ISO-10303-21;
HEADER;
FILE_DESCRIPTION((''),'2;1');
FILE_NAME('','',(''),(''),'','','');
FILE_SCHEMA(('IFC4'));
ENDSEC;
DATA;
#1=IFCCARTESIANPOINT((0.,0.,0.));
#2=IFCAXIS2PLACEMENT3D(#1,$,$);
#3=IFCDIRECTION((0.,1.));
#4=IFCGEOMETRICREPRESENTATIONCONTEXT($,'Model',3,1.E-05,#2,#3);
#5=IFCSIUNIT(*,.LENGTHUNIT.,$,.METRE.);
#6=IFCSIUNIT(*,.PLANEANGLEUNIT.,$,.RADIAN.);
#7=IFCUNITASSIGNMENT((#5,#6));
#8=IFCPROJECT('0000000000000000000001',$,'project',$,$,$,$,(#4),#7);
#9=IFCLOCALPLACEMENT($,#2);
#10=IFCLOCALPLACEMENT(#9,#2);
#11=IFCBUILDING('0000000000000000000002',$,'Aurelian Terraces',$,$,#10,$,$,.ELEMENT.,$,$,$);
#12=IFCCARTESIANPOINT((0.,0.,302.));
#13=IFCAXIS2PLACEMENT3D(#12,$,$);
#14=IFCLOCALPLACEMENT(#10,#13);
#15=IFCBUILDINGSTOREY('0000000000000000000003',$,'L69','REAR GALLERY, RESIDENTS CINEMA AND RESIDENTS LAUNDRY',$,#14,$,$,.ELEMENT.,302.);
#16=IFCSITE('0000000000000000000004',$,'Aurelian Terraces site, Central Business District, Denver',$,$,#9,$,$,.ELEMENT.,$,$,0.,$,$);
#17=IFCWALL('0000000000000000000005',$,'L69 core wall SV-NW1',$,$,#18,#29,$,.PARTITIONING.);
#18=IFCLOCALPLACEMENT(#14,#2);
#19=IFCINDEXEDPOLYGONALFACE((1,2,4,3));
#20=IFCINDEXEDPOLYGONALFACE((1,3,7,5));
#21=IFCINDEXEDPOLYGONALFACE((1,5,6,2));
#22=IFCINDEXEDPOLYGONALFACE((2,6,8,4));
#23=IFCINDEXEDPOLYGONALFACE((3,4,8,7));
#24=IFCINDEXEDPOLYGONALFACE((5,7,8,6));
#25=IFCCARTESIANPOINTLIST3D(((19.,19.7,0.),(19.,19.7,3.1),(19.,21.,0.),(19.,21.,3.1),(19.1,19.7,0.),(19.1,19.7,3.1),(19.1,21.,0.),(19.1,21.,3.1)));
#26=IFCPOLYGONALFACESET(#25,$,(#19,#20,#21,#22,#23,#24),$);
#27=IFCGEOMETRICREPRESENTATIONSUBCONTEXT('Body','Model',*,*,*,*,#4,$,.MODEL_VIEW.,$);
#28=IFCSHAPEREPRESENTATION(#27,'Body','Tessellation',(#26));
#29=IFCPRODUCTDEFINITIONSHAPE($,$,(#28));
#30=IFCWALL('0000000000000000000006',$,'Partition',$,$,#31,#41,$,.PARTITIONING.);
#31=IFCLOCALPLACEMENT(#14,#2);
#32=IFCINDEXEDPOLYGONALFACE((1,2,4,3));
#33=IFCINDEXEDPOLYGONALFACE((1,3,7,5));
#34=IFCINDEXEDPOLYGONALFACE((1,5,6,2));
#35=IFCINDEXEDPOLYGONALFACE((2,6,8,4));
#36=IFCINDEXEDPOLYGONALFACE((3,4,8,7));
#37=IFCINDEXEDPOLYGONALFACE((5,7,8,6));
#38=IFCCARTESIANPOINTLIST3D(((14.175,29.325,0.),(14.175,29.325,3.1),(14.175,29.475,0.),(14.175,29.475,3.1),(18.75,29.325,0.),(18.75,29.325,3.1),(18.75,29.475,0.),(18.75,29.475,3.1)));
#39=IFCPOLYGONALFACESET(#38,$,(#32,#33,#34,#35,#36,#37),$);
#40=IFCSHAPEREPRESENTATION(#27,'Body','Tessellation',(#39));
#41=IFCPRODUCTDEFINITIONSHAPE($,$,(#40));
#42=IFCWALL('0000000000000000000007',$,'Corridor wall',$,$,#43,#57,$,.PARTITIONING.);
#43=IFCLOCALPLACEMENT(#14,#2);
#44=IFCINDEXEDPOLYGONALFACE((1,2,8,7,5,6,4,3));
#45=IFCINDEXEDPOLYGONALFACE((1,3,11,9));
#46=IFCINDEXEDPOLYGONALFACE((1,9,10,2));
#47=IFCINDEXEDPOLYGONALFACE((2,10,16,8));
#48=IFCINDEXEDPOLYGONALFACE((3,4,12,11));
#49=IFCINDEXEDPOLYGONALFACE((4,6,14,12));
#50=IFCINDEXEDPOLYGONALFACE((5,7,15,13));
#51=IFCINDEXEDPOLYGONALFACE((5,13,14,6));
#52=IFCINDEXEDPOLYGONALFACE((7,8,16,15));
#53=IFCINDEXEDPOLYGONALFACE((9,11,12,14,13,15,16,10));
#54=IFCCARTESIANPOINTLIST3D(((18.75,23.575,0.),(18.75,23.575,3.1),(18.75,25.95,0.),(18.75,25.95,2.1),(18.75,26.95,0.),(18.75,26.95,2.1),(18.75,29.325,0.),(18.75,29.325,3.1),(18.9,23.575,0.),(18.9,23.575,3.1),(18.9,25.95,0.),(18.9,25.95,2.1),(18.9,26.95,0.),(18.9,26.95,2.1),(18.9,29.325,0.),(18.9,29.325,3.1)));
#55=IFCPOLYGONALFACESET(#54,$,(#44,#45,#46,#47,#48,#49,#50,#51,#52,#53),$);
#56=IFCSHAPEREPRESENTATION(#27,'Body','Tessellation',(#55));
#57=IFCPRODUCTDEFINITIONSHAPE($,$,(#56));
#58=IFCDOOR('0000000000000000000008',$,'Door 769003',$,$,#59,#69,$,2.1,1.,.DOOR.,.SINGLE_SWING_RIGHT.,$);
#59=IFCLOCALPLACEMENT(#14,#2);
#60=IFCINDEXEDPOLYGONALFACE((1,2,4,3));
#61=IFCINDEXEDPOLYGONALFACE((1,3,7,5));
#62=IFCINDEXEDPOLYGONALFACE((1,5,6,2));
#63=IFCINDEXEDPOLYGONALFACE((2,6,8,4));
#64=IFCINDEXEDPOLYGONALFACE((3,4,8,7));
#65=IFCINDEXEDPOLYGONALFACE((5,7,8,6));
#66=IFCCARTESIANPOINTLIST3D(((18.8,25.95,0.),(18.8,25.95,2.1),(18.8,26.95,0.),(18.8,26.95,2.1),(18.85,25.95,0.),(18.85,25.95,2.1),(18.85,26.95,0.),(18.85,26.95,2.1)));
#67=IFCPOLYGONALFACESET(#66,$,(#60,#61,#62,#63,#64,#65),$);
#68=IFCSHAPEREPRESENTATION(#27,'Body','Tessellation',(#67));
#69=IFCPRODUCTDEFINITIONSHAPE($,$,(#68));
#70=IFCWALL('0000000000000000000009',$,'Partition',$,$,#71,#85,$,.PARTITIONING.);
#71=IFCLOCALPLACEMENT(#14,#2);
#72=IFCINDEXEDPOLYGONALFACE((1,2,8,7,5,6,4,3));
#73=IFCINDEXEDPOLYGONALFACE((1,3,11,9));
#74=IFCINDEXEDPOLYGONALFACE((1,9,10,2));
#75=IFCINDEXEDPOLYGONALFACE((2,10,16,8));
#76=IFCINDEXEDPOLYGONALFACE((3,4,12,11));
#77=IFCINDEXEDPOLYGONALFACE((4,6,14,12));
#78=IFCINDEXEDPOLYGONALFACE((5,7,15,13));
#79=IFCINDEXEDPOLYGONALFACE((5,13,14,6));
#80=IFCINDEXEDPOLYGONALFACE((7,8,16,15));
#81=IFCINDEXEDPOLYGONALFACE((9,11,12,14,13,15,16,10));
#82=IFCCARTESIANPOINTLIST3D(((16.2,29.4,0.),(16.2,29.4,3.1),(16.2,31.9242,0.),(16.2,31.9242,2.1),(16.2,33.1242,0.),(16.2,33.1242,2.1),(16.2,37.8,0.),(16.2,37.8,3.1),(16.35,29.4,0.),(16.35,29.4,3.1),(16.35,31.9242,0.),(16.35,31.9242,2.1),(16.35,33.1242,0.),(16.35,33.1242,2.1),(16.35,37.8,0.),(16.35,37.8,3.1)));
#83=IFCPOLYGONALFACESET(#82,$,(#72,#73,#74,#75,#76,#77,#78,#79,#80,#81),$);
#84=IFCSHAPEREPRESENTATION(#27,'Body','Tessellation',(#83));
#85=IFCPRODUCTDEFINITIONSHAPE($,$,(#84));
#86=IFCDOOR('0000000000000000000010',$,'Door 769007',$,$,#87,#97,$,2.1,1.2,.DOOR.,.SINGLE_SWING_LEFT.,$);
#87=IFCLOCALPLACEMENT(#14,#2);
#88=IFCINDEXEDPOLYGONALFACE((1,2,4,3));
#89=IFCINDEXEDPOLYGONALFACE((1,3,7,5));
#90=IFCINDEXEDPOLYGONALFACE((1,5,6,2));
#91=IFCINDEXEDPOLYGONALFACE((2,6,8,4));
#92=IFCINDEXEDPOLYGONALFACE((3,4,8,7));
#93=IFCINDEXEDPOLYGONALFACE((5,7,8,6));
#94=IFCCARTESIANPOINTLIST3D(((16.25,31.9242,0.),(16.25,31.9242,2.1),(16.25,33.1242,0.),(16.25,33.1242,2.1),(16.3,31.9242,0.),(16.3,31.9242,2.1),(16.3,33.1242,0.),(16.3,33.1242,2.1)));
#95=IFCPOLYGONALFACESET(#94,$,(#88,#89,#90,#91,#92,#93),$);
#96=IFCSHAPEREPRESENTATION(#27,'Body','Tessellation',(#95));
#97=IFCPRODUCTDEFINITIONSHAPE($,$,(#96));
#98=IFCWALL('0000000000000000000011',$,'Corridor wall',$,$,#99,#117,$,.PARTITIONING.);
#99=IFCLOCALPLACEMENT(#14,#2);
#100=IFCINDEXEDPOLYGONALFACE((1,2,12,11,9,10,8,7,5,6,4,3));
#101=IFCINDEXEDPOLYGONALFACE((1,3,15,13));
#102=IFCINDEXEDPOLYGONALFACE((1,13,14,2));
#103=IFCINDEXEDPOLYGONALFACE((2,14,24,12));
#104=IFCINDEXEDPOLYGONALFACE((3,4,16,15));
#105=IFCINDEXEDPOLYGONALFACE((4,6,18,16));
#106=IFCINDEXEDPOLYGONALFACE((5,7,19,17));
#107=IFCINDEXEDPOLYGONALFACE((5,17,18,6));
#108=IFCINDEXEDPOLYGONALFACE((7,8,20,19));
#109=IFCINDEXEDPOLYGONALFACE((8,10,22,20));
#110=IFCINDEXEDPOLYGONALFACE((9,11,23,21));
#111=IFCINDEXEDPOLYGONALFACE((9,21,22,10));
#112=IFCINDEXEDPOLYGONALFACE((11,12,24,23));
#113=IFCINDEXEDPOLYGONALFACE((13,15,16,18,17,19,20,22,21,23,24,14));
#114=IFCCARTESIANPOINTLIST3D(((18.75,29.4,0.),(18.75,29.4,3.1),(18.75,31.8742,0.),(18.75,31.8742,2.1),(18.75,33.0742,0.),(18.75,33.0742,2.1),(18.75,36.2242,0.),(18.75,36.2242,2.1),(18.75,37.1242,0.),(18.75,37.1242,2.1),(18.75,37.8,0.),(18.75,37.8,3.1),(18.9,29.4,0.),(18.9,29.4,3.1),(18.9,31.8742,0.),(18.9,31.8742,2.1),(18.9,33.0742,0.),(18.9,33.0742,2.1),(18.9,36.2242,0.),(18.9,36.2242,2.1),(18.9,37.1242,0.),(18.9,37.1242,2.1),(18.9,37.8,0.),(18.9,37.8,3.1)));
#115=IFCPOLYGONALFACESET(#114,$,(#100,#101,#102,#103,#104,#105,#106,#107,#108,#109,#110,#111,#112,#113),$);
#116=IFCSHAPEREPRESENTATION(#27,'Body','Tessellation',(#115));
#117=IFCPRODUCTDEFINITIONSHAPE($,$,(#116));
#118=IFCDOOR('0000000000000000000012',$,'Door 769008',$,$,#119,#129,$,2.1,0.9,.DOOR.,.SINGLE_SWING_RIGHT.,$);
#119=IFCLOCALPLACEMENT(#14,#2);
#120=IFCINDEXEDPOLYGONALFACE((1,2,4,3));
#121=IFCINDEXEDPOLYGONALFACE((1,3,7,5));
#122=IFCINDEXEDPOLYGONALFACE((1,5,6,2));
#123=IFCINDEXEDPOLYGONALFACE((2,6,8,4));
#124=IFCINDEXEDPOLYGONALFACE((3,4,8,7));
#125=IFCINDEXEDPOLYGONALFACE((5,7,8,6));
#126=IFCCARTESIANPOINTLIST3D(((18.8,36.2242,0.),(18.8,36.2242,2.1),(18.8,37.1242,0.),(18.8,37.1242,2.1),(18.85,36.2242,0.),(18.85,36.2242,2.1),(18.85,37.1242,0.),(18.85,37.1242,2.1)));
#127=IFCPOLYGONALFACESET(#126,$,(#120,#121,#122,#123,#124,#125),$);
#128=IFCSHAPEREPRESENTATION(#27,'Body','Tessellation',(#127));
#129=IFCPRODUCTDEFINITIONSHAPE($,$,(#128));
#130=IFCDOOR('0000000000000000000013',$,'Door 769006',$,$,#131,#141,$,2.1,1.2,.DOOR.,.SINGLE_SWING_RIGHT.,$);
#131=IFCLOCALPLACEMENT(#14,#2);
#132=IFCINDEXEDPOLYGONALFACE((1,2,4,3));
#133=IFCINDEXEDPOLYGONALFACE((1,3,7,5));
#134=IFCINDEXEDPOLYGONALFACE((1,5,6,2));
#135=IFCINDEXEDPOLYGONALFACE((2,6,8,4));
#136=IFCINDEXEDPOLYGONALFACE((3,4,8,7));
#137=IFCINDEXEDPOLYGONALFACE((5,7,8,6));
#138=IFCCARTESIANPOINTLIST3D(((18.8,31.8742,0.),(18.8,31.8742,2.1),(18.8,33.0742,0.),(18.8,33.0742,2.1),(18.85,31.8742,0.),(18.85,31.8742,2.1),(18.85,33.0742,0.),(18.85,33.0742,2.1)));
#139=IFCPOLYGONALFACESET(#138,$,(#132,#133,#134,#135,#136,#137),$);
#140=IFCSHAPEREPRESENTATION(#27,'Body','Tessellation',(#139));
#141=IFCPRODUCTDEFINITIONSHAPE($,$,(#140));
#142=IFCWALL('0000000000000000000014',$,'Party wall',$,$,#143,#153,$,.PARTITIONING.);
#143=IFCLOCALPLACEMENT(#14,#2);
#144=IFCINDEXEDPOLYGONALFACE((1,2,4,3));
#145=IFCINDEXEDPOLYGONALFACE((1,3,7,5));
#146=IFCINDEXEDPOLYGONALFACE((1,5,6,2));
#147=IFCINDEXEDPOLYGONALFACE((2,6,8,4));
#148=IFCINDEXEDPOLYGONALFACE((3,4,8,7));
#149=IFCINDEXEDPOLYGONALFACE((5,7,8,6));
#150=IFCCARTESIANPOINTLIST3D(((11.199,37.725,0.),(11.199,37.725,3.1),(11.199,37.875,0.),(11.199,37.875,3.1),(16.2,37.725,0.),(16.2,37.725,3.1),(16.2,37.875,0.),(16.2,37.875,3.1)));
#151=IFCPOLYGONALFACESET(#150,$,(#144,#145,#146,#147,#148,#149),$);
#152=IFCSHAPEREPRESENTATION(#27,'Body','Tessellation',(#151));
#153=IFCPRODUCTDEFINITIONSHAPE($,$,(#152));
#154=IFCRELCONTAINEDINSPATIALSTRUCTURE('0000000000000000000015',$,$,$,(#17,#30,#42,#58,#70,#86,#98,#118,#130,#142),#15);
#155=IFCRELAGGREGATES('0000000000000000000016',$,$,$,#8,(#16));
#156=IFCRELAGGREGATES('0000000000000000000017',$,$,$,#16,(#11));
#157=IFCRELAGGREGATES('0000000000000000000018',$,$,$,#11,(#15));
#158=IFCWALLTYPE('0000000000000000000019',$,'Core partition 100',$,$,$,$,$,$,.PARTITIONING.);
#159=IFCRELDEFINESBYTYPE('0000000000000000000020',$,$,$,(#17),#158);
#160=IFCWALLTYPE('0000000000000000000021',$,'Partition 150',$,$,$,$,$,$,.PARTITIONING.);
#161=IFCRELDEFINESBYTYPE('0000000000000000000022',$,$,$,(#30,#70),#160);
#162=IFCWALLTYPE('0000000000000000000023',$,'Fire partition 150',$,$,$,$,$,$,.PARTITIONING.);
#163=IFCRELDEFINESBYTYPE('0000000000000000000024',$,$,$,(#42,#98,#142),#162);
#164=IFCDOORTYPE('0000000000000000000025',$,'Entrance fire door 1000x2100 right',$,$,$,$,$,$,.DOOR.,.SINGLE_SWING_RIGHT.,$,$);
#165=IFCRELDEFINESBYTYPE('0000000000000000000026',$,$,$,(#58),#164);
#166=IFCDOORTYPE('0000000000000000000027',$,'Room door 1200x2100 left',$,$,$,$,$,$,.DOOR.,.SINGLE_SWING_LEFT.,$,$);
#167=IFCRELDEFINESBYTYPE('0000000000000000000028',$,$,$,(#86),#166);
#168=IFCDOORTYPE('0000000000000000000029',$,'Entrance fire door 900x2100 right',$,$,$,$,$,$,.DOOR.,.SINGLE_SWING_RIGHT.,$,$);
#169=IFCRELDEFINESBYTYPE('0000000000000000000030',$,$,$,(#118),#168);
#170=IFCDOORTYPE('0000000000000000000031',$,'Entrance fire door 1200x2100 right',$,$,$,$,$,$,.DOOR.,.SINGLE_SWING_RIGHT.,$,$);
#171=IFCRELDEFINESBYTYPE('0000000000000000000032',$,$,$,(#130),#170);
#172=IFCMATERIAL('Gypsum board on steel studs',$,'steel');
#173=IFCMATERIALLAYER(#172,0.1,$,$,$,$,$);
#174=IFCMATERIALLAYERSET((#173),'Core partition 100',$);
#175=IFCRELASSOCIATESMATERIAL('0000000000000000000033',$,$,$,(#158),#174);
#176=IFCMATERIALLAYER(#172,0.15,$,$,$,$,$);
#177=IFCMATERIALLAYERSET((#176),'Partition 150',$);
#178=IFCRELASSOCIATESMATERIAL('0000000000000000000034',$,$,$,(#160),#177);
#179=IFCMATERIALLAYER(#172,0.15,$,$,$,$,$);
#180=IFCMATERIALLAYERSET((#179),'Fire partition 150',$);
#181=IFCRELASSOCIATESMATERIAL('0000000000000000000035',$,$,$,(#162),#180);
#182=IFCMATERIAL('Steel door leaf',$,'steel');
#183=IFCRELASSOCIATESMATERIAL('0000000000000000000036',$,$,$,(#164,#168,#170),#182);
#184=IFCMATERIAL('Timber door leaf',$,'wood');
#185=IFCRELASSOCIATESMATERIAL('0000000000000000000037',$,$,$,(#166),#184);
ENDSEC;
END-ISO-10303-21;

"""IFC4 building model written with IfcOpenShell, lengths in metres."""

from ifc_helpers import new_model, si_unit, direction, frame, frame_2d, origin, place, context, subcontext, project, spatial, rectangle, extrude, source, transform, mapped, material, layer, layer_set, type_object, element, fill, save


model = new_model("IFC4")

# Units and contexts
model_context = context("Model", 3, precision=1e-05, world=origin(), true_north=direction((0.0, 1.0)))
body_context = subcontext(model_context, "Body", "Model", "MODEL_VIEW")
ifc_project = project(units=[si_unit("LENGTHUNIT", "METRE"), si_unit("PLANEANGLEUNIT", "RADIAN")], contexts=[model_context])

# Site, building, storey
site_placement = place(None, origin())
site = spatial("IfcSite", under=ifc_project, at=site_placement, Name="Aurelian Terraces site, Central Business District, Denver", CompositionType="ELEMENT", RefElevation=0.0)
building_placement = place(site_placement, origin())
building = spatial("IfcBuilding", under=site, at=building_placement, Name="Aurelian Terraces", CompositionType="ELEMENT")
storey_placement = place(building_placement, frame((0.0, 0.0, 302.0)))
storey = spatial("IfcBuildingStorey", under=building, at=storey_placement, Name="L69", Description="REAR GALLERY, RESIDENTS CINEMA AND RESIDENTS LAUNDRY", CompositionType="ELEMENT", Elevation=302.0)

# Shared definitions
ifc_material_1 = material(Name="Gypsum board on steel studs", Category="steel")
ifc_material_2 = material(Name="Steel door leaf", Category="steel")
shared_shape_1 = source(origin(), body_context, "Body", "SweptSolid", [
    extrude(rectangle(XDim=0.9, YDim=2.1, at=frame_2d((0.45, 1.05))), frame((0.0, 0.025, 0.0), z_axis=(0.0, -1.0, 0.0), x_axis=(1.0, 0.0, 0.0)), (0.0, 0.0, 1.0), 0.05),
])
shared_shape_2 = source(origin(), body_context, "Body", "SweptSolid", [
    extrude(rectangle(XDim=1.2, YDim=2.1, at=frame_2d((0.6, 1.05))), frame((0.0, 0.025, 0.0), z_axis=(0.0, -1.0, 0.0), x_axis=(1.0, 0.0, 0.0)), (0.0, 0.0, 1.0), 0.05),
])

# Walls
ifc_layer_1 = layer(ifc_material_1, 0.1)
ifc_layer_set_1 = layer_set([ifc_layer_1], Name="Core partition 100")
wall_type_1 = type_object("IfcWallType", Name="Core partition 100", PredefinedType="PARTITIONING", material=ifc_layer_set_1)
shared_shape_3 = source(origin(), body_context, "Body", "SweptSolid", [
    extrude(rectangle(XDim=1.3, YDim=0.1, at=frame_2d((0.65, 0.0))), origin(), (0.0, 0.0, 1.0), 3.1),
])
for number, where, z_axis, x_axis, name in (
    (1, (19.05, 19.7, 0.0), (0.0, 0.0, 1.0), (0.0, 1.0, 0.0), "L69 core wall SV-NW1"),
):
    element("IfcWall", number, at=place(storey_placement, frame(where, z_axis=z_axis, x_axis=x_axis)), inside=storey, type_object=wall_type_1, Name=name, PredefinedType="PARTITIONING", context=body_context, shape_type="MappedRepresentation", body=[
        mapped(shared_shape_3, transform((0.0, 0.0, 0.0), scale=1.0)),
    ])
ifc_layer_2 = layer(ifc_material_1, 0.15)
ifc_layer_set_2 = layer_set([ifc_layer_2], Name="Partition 150")
wall_type_2 = type_object("IfcWallType", Name="Partition 150", PredefinedType="PARTITIONING", material=ifc_layer_set_2)
shared_shape_4 = source(origin(), body_context, "Body", "SweptSolid", [
    extrude(rectangle(XDim=4.575, YDim=0.15, at=frame_2d((2.2875, 0.0))), origin(), (0.0, 0.0, 1.0), 3.1),
])
wall_1_placement = place(storey_placement, frame((18.75, 29.4, 0.0), z_axis=(0.0, 0.0, 1.0), x_axis=(-1.0, 0.0, 0.0)))
element("IfcWall", 2, at=wall_1_placement, inside=storey, type_object=wall_type_2, Name="Partition", PredefinedType="PARTITIONING", context=body_context, shape_type="MappedRepresentation", body=[
    mapped(shared_shape_4, transform((0.0, 0.0, 0.0), scale=1.0)),
])

# Walls, openings, doors
ifc_layer_3 = layer(ifc_material_1, 0.15)
ifc_layer_set_3 = layer_set([ifc_layer_3], Name="Fire partition 150")
wall_type_3 = type_object("IfcWallType", Name="Fire partition 150", PredefinedType="PARTITIONING", material=ifc_layer_set_3)
shared_shape_5 = source(origin(), body_context, "Body", "SweptSolid", [
    extrude(rectangle(XDim=5.75, YDim=0.15, at=frame_2d((2.875, 0.0))), origin(), (0.0, 0.0, 1.0), 3.1),
])
wall_2_placement = place(storey_placement, frame((18.825, 23.575, 0.0), z_axis=(0.0, 0.0, 1.0), x_axis=(0.0, 1.0, 0.0)))
wall_2 = element("IfcWall", 3, at=wall_2_placement, inside=storey, type_object=wall_type_3, Name="Corridor wall", PredefinedType="PARTITIONING", context=body_context, shape_type="MappedRepresentation", body=[
    mapped(shared_shape_5, transform((0.0, 0.0, 0.0), scale=1.0)),
])
shared_shape_6 = source(origin(), body_context, "Body", "SweptSolid", [
    extrude(rectangle(XDim=1.0, YDim=2.1, at=frame_2d((0.5, 1.05))), frame((0.0, 0.085, 0.0), z_axis=(0.0, -1.0, 0.0), x_axis=(1.0, 0.0, 0.0)), (0.0, 0.0, 1.0), 0.17),
])
opening_1_placement = place(wall_2_placement, frame((2.375, 0.0, 0.0)))
opening_1 = element("IfcOpeningElement", 4, at=opening_1_placement, cuts=wall_2, PredefinedType="OPENING", context=body_context, shape_type="MappedRepresentation", body=[
    mapped(shared_shape_6, transform((0.0, 0.0, 0.0), scale=1.0)),
])
door_type_1 = type_object("IfcDoorType", Name="Entrance fire door 1000x2100 right", OperationType="SINGLE_SWING_RIGHT", PredefinedType="DOOR", material=ifc_material_2)
shared_shape_7 = source(origin(), body_context, "Body", "SweptSolid", [
    extrude(rectangle(XDim=1.0, YDim=2.1, at=frame_2d((0.5, 1.05))), frame((0.0, 0.025, 0.0), z_axis=(0.0, -1.0, 0.0), x_axis=(1.0, 0.0, 0.0)), (0.0, 0.0, 1.0), 0.05),
])
door_1_placement = place(opening_1_placement, origin())
door_1 = element("IfcDoor", 5, at=door_1_placement, inside=storey, type_object=door_type_1, Name="Door 769003", OperationType="SINGLE_SWING_RIGHT", OverallHeight=2.1, OverallWidth=1.0, PredefinedType="DOOR", context=body_context, shape_type="MappedRepresentation", body=[
    mapped(shared_shape_7, transform((0.0, 0.0, 0.0), scale=1.0)),
])
fill(opening_1, door_1)
shared_shape_8 = source(origin(), body_context, "Body", "SweptSolid", [
    extrude(rectangle(XDim=8.4, YDim=0.15, at=frame_2d((4.2, 0.0))), origin(), (0.0, 0.0, 1.0), 3.1),
])
wall_3_placement = place(storey_placement, frame((16.275, 29.4, 0.0), z_axis=(0.0, 0.0, 1.0), x_axis=(0.0, 1.0, 0.0)))
wall_3 = element("IfcWall", 6, at=wall_3_placement, inside=storey, type_object=wall_type_2, Name="Partition", PredefinedType="PARTITIONING", context=body_context, shape_type="MappedRepresentation", body=[
    mapped(shared_shape_8, transform((0.0, 0.0, 0.0), scale=1.0)),
])
shared_shape_9 = source(origin(), body_context, "Body", "SweptSolid", [
    extrude(rectangle(XDim=1.2, YDim=2.1, at=frame_2d((0.6, 1.05))), frame((0.0, 0.085, 0.0), z_axis=(0.0, -1.0, 0.0), x_axis=(1.0, 0.0, 0.0)), (0.0, 0.0, 1.0), 0.17),
])
opening_2_placement = place(wall_3_placement, frame((2.5242, 0.0, 0.0)))
opening_2 = element("IfcOpeningElement", 7, at=opening_2_placement, cuts=wall_3, PredefinedType="OPENING", context=body_context, shape_type="MappedRepresentation", body=[
    mapped(shared_shape_9, transform((0.0, 0.0, 0.0), scale=1.0)),
])
ifc_material_3 = material(Name="Timber door leaf", Category="wood")
door_type_2 = type_object("IfcDoorType", Name="Room door 1200x2100 left", OperationType="SINGLE_SWING_LEFT", PredefinedType="DOOR", material=ifc_material_3)
door_2_placement = place(opening_2_placement, origin())
door_2 = element("IfcDoor", 8, at=door_2_placement, inside=storey, type_object=door_type_2, Name="Door 769007", OperationType="SINGLE_SWING_LEFT", OverallHeight=2.1, OverallWidth=1.2, PredefinedType="DOOR", context=body_context, shape_type="MappedRepresentation", body=[
    mapped(shared_shape_2, transform((0.0, 0.0, 0.0), scale=1.0)),
])
fill(opening_2, door_2)

# Wall, openings, doors
wall_4_placement = place(storey_placement, frame((18.825, 29.4, 0.0), z_axis=(0.0, 0.0, 1.0), x_axis=(0.0, 1.0, 0.0)))
wall_4 = element("IfcWall", 9, at=wall_4_placement, inside=storey, type_object=wall_type_3, Name="Corridor wall", PredefinedType="PARTITIONING", context=body_context, shape_type="MappedRepresentation", body=[
    mapped(shared_shape_8, transform((0.0, 0.0, 0.0), scale=1.0)),
])
opening_3_placement = place(wall_4_placement, frame((2.4742, 0.0, 0.0)))
opening_3 = element("IfcOpeningElement", 10, at=opening_3_placement, cuts=wall_4, PredefinedType="OPENING", context=body_context, shape_type="MappedRepresentation", body=[
    mapped(shared_shape_9, transform((0.0, 0.0, 0.0), scale=1.0)),
])
shared_shape_10 = source(origin(), body_context, "Body", "SweptSolid", [
    extrude(rectangle(XDim=0.9, YDim=2.1, at=frame_2d((0.45, 1.05))), frame((0.0, 0.085, 0.0), z_axis=(0.0, -1.0, 0.0), x_axis=(1.0, 0.0, 0.0)), (0.0, 0.0, 1.0), 0.17),
])
opening_4_placement = place(wall_4_placement, frame((6.8242, 0.0, 0.0)))
opening_4 = element("IfcOpeningElement", 11, at=opening_4_placement, cuts=wall_4, PredefinedType="OPENING", context=body_context, shape_type="MappedRepresentation", body=[
    mapped(shared_shape_10, transform((0.0, 0.0, 0.0), scale=1.0)),
])
door_type_3 = type_object("IfcDoorType", Name="Entrance fire door 900x2100 right", OperationType="SINGLE_SWING_RIGHT", PredefinedType="DOOR", material=ifc_material_2)
door_3_placement = place(opening_4_placement, origin())
door_3 = element("IfcDoor", 12, at=door_3_placement, inside=storey, type_object=door_type_3, Name="Door 769008", OperationType="SINGLE_SWING_RIGHT", OverallHeight=2.1, OverallWidth=0.9, PredefinedType="DOOR", context=body_context, shape_type="MappedRepresentation", body=[
    mapped(shared_shape_1, transform((0.0, 0.0, 0.0), scale=1.0)),
])
fill(opening_4, door_3)
door_type_4 = type_object("IfcDoorType", Name="Entrance fire door 1200x2100 right", OperationType="SINGLE_SWING_RIGHT", PredefinedType="DOOR", material=ifc_material_2)
door_4_placement = place(opening_3_placement, origin())
door_4 = element("IfcDoor", 13, at=door_4_placement, inside=storey, type_object=door_type_4, Name="Door 769006", OperationType="SINGLE_SWING_RIGHT", OverallHeight=2.1, OverallWidth=1.2, PredefinedType="DOOR", context=body_context, shape_type="MappedRepresentation", body=[
    mapped(shared_shape_2, transform((0.0, 0.0, 0.0), scale=1.0)),
])
fill(opening_3, door_4)

# Wall
shared_shape_11 = source(origin(), body_context, "Body", "SweptSolid", [
    extrude(rectangle(XDim=5.001, YDim=0.15, at=frame_2d((2.5005, 0.0))), origin(), (0.0, 0.0, 1.0), 3.1),
])
wall_5_placement = place(storey_placement, frame((16.2, 37.8, 0.0), z_axis=(0.0, 0.0, 1.0), x_axis=(-1.0, 0.0, 0.0)))
element("IfcWall", 14, at=wall_5_placement, inside=storey, type_object=wall_type_3, Name="Party wall", PredefinedType="PARTITIONING", context=body_context, shape_type="MappedRepresentation", body=[
    mapped(shared_shape_11, transform((0.0, 0.0, 0.0), scale=1.0)),
])

save(model, "model.ifc")
